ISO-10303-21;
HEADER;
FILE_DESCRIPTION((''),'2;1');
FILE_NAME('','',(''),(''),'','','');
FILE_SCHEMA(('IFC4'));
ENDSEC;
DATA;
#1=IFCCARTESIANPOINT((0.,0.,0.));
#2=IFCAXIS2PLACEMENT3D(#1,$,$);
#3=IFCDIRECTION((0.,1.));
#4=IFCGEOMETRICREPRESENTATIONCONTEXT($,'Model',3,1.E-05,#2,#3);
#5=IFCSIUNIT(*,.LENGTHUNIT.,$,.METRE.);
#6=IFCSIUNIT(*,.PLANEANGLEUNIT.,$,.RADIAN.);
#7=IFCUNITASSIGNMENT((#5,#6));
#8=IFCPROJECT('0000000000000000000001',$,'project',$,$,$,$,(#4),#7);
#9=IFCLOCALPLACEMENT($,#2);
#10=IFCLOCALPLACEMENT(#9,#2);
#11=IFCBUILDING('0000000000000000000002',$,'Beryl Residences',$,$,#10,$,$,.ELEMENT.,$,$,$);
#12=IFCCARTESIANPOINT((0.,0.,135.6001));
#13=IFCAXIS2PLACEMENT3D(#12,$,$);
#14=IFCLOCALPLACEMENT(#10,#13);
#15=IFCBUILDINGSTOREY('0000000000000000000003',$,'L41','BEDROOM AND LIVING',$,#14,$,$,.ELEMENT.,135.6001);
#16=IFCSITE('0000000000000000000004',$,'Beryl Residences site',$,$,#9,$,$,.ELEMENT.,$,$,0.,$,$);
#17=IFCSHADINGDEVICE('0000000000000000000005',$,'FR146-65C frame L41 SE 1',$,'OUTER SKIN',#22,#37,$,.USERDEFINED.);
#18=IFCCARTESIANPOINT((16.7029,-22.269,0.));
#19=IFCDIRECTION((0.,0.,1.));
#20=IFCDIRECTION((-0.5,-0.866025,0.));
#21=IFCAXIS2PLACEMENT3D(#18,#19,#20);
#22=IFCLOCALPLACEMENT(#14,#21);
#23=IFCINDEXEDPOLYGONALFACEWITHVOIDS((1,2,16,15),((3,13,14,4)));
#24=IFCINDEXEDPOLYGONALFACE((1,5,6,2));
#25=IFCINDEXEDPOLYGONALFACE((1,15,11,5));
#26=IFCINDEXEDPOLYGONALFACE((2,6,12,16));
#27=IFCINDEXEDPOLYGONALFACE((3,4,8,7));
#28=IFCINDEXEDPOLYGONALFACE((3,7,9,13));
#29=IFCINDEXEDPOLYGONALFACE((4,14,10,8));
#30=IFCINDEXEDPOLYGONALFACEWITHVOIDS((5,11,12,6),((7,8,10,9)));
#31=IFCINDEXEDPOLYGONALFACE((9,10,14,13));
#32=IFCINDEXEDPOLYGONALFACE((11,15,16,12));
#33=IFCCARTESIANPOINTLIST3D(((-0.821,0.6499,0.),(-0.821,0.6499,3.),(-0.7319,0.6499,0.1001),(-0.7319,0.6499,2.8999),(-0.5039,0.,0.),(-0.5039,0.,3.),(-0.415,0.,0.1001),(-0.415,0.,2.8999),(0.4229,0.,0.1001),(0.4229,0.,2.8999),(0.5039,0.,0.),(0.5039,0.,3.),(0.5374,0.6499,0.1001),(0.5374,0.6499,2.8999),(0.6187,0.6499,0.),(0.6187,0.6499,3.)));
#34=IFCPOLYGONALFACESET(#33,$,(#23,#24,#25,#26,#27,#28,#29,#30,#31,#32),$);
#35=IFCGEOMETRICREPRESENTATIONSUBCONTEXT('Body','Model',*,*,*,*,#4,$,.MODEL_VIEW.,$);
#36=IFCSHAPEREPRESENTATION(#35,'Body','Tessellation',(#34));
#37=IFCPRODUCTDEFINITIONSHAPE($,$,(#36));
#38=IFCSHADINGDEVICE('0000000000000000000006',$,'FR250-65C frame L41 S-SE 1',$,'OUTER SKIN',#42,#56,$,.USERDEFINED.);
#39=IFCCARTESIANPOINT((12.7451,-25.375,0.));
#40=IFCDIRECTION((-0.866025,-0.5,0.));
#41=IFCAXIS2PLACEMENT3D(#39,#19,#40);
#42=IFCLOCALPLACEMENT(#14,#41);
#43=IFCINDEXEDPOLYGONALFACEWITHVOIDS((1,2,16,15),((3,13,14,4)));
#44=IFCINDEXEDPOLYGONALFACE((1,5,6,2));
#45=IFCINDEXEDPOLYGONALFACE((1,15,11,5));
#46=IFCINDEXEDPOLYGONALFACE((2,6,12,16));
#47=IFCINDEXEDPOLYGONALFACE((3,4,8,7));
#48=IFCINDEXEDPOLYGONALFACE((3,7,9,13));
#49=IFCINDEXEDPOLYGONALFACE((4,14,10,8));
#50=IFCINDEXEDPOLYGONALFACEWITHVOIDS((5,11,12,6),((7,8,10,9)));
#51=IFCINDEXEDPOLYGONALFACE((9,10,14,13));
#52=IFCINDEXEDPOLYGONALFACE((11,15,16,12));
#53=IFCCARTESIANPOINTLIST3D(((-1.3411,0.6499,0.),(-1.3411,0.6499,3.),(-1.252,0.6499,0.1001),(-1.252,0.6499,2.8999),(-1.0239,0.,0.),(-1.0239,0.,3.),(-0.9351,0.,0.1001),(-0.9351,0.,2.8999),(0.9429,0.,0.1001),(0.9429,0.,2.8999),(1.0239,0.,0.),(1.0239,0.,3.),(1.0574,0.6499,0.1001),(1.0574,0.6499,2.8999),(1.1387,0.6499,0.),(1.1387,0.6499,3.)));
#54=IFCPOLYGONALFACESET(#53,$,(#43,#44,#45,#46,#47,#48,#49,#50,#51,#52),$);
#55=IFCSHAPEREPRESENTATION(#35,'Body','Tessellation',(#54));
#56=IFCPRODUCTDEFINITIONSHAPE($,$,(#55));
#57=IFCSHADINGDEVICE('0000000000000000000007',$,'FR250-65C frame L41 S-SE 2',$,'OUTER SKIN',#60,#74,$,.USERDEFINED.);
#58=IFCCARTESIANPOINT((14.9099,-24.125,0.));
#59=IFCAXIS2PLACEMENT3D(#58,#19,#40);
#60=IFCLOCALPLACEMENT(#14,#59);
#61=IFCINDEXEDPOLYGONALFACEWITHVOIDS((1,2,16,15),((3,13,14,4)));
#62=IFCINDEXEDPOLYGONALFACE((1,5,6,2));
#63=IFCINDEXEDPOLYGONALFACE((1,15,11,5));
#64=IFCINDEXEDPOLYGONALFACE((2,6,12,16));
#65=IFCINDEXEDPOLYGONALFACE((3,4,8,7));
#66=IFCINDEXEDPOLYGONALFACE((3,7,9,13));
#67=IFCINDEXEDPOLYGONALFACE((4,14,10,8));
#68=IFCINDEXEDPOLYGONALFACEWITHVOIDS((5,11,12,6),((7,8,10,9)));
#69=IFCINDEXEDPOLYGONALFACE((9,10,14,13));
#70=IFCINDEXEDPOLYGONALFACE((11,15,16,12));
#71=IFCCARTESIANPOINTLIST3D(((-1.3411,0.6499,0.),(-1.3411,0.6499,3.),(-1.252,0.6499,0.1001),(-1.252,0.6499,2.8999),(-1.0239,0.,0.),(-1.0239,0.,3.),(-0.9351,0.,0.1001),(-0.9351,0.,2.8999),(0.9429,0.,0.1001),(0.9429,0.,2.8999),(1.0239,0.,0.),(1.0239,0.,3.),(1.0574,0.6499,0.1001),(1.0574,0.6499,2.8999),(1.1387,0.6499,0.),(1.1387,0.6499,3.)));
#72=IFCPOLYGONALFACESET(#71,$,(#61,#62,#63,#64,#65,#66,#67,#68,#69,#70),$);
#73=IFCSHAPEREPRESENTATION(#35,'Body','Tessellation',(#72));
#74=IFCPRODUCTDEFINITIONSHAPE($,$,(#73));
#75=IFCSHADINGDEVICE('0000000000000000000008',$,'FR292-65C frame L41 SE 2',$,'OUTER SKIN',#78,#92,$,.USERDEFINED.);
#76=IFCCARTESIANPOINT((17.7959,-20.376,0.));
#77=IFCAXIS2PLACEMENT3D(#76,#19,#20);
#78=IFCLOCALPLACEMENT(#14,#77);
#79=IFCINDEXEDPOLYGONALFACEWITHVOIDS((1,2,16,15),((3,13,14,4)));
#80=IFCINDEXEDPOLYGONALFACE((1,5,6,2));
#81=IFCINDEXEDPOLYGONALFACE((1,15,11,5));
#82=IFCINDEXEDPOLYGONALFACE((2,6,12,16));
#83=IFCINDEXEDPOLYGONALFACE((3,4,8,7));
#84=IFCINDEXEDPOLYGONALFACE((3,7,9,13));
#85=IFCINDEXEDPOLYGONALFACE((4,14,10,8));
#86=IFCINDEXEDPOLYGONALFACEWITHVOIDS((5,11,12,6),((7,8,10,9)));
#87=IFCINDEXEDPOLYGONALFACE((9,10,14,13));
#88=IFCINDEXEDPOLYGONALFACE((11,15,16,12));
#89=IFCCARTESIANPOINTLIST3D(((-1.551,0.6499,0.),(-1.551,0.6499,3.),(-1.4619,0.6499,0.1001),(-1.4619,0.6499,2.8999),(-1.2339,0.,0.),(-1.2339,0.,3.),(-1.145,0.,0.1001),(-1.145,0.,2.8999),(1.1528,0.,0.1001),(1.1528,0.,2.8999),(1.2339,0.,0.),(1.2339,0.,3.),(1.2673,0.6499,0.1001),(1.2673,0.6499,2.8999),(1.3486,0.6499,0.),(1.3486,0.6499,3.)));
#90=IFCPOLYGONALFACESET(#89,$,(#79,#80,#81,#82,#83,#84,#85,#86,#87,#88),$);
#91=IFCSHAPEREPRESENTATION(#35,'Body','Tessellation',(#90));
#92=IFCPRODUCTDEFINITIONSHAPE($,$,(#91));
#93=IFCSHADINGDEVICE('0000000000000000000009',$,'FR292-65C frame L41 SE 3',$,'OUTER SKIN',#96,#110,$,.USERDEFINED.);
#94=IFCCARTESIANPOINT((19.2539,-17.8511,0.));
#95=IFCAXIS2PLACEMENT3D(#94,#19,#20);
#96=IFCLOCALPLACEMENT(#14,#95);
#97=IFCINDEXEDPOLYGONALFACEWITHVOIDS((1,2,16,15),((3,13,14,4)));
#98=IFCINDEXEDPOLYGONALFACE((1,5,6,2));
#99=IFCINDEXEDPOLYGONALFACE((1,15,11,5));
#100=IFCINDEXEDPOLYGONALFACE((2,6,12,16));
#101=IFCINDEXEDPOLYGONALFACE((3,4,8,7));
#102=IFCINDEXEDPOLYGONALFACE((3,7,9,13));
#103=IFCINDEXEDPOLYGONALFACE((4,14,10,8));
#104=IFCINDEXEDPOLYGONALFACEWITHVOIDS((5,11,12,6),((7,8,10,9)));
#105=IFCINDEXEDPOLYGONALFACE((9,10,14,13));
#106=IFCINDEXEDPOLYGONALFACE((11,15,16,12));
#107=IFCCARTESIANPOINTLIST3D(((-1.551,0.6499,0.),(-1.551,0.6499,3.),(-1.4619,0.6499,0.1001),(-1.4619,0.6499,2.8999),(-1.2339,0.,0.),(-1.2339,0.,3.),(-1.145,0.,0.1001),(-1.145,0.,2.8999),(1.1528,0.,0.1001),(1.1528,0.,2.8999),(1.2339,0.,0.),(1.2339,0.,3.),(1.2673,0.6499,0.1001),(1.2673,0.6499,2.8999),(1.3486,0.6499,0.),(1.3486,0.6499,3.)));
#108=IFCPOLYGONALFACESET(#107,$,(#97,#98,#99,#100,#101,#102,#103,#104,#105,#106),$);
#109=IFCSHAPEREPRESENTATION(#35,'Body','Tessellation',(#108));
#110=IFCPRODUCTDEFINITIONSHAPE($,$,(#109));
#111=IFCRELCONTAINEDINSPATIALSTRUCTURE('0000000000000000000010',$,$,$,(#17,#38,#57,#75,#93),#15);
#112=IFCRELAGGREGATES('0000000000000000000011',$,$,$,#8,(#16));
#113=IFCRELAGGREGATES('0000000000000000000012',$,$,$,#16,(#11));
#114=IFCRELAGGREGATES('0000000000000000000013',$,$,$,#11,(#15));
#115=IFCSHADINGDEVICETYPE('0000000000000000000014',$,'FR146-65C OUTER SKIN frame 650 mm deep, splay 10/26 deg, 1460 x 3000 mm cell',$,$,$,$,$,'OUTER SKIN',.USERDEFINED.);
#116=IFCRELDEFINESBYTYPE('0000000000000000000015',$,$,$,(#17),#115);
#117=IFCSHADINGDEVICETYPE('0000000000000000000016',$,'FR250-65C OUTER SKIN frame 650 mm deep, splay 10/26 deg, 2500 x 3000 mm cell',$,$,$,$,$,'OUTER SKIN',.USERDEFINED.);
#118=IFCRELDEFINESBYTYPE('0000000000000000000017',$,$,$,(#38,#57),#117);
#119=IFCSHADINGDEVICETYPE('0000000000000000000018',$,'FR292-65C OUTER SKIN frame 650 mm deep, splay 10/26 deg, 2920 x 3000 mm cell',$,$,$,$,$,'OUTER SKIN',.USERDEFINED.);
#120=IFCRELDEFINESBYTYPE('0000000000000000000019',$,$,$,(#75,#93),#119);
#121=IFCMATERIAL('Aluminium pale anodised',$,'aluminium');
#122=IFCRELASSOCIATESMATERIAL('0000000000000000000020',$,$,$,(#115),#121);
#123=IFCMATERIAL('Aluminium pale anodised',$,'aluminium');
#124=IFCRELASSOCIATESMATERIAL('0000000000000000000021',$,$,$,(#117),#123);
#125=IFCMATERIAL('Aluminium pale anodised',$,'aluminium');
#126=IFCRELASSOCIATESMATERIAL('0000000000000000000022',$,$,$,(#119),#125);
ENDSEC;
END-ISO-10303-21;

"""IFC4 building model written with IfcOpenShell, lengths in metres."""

from ifc_helpers import new_model, entity, si_unit, direction, frame, origin, place, context, subcontext, project, spatial, source, transform, mapped, material, type_object, type_shapes, element, save


model = new_model("IFC4")

# Units and contexts
model_context = context("Model", 3, precision=1e-05, world=origin(), true_north=direction((0.0, 1.0)))
body_context = subcontext(model_context, "Body", "Model", "MODEL_VIEW")
ifc_project = project(units=[si_unit("LENGTHUNIT", "METRE"), si_unit("PLANEANGLEUNIT", "RADIAN")], contexts=[model_context])

# Site, building, storey
site_placement = place(None, origin())
site = spatial("IfcSite", under=ifc_project, at=site_placement, Name="Beryl Residences site", CompositionType="ELEMENT", RefElevation=0.0)
building_placement = place(site_placement, origin())
building = spatial("IfcBuilding", under=site, at=building_placement, Name="Beryl Residences", CompositionType="ELEMENT")
storey_placement = place(building_placement, frame((0.0, 0.0, 135.6001)))
storey = spatial("IfcBuildingStorey", under=building, at=storey_placement, Name="L41", Description="BEDROOM AND LIVING", CompositionType="ELEMENT", Elevation=135.6001)

# Shading devices
ifc_material_1 = material(Name="Aluminium pale anodised", Category="aluminium")
shading_device_type_1 = type_object("IfcShadingDeviceType", Name="FR146-65C OUTER SKIN frame 650 mm deep, splay 10/26 deg, 1460 x 3000 mm cell", ElementType="OUTER SKIN", PredefinedType="USERDEFINED", material=ifc_material_1)
cartesian_point_1 = entity("IfcCartesianPoint", [-0.5039, 0.0])
cartesian_point_2 = entity("IfcCartesianPoint", [-0.4229, 0.1001])
cartesian_point_3 = entity("IfcCartesianPoint", [-0.6187, 0.0])
cartesian_point_4 = entity("IfcCartesianPoint", [-0.5374, 0.1001])
shared_shape_1 = source(origin(), body_context, "Body", "SweptSolid", [
    entity("IfcExtrudedAreaSolidTapered", entity("IfcArbitraryProfileDefWithVoids", "AREA", None, entity("IfcPolyline", [cartesian_point_1, entity("IfcCartesianPoint", [0.5039, 0.0]), entity("IfcCartesianPoint", [0.5039, 3.0]), entity("IfcCartesianPoint", [-0.5039, 3.0]), cartesian_point_1]), [entity("IfcPolyline", [cartesian_point_2, entity("IfcCartesianPoint", [0.415, 0.1001]), entity("IfcCartesianPoint", [0.415, 2.8999]), entity("IfcCartesianPoint", [-0.4229, 2.8999]), cartesian_point_2])]), entity("IfcAxis2Placement3D", entity("IfcCartesianPoint", [0.0, 0.0, 0.0]), entity("IfcDirection", [0.0, 1.0, 0.0]), entity("IfcDirection", [-1.0, 0.0, 0.0])), entity("IfcDirection", [0.0, 0.0, 1.0]), 0.6499, entity("IfcArbitraryProfileDefWithVoids", "AREA", None, entity("IfcPolyline", [cartesian_point_3, entity("IfcCartesianPoint", [0.821, 0.0]), entity("IfcCartesianPoint", [0.821, 3.0]), entity("IfcCartesianPoint", [-0.6187, 3.0]), cartesian_point_3]), [entity("IfcPolyline", [cartesian_point_4, entity("IfcCartesianPoint", [0.7319, 0.1001]), entity("IfcCartesianPoint", [0.7319, 2.8999]), entity("IfcCartesianPoint", [-0.5374, 2.8999]), cartesian_point_4])])),
])
type_shapes(shading_device_type_1, [shared_shape_1])
shading_device_placement = place(storey_placement, frame((16.7029, -22.269, 0.0), z_axis=(0.0, 0.0, 1.0), x_axis=(-0.5, -0.866025, 0.0)))
element("IfcShadingDevice", 1, at=shading_device_placement, inside=storey, type_object=shading_device_type_1, Name="FR146-65C frame L41 SE 1", ObjectType="OUTER SKIN", PredefinedType="USERDEFINED", context=body_context, shape_type="MappedRepresentation", body=[
    mapped(shared_shape_1, transform((0.0, 0.0, 0.0))),
])
ifc_material_2 = material(Name="Aluminium pale anodised", Category="aluminium")
shading_device_type_2 = type_object("IfcShadingDeviceType", Name="FR250-65C OUTER SKIN frame 650 mm deep, splay 10/26 deg, 2500 x 3000 mm cell", ElementType="OUTER SKIN", PredefinedType="USERDEFINED", material=ifc_material_2)
cartesian_point_5 = entity("IfcCartesianPoint", [-1.0239, 0.0])
cartesian_point_6 = entity("IfcCartesianPoint", [-0.9429, 0.1001])
cartesian_point_7 = entity("IfcCartesianPoint", [-1.1387, 0.0])
cartesian_point_8 = entity("IfcCartesianPoint", [-1.0574, 0.1001])
shared_shape_2 = source(origin(), body_context, "Body", "SweptSolid", [
    entity("IfcExtrudedAreaSolidTapered", entity("IfcArbitraryProfileDefWithVoids", "AREA", None, entity("IfcPolyline", [cartesian_point_5, entity("IfcCartesianPoint", [1.0239, 0.0]), entity("IfcCartesianPoint", [1.0239, 3.0]), entity("IfcCartesianPoint", [-1.0239, 3.0]), cartesian_point_5]), [entity("IfcPolyline", [cartesian_point_6, entity("IfcCartesianPoint", [0.9351, 0.1001]), entity("IfcCartesianPoint", [0.9351, 2.8999]), entity("IfcCartesianPoint", [-0.9429, 2.8999]), cartesian_point_6])]), entity("IfcAxis2Placement3D", entity("IfcCartesianPoint", [0.0, 0.0, 0.0]), entity("IfcDirection", [0.0, 1.0, 0.0]), entity("IfcDirection", [-1.0, 0.0, 0.0])), entity("IfcDirection", [0.0, 0.0, 1.0]), 0.6499, entity("IfcArbitraryProfileDefWithVoids", "AREA", None, entity("IfcPolyline", [cartesian_point_7, entity("IfcCartesianPoint", [1.3411, 0.0]), entity("IfcCartesianPoint", [1.3411, 3.0]), entity("IfcCartesianPoint", [-1.1387, 3.0]), cartesian_point_7]), [entity("IfcPolyline", [cartesian_point_8, entity("IfcCartesianPoint", [1.252, 0.1001]), entity("IfcCartesianPoint", [1.252, 2.8999]), entity("IfcCartesianPoint", [-1.0574, 2.8999]), cartesian_point_8])])),
])
type_shapes(shading_device_type_2, [shared_shape_2])
for number, where, z_axis, x_axis, name in (
    (2, (12.7451, -25.375, 0.0), (0.0, 0.0, 1.0), (-0.866025, -0.5, 0.0), "FR250-65C frame L41 S-SE 1"),
    (3, (14.9099, -24.125, 0.0), (0.0, 0.0, 1.0), (-0.866025, -0.5, 0.0), "FR250-65C frame L41 S-SE 2"),
):
    element("IfcShadingDevice", number, at=place(storey_placement, frame(where, z_axis=z_axis, x_axis=x_axis)), inside=storey, type_object=shading_device_type_2, Name=name, ObjectType="OUTER SKIN", PredefinedType="USERDEFINED", context=body_context, shape_type="MappedRepresentation", body=[
        mapped(shared_shape_2, transform((0.0, 0.0, 0.0))),
    ])
ifc_material_3 = material(Name="Aluminium pale anodised", Category="aluminium")
shading_device_type_3 = type_object("IfcShadingDeviceType", Name="FR292-65C OUTER SKIN frame 650 mm deep, splay 10/26 deg, 2920 x 3000 mm cell", ElementType="OUTER SKIN", PredefinedType="USERDEFINED", material=ifc_material_3)
cartesian_point_9 = entity("IfcCartesianPoint", [-1.2339, 0.0])
cartesian_point_10 = entity("IfcCartesianPoint", [-1.1528, 0.1001])
cartesian_point_11 = entity("IfcCartesianPoint", [-1.3486, 0.0])
cartesian_point_12 = entity("IfcCartesianPoint", [-1.2673, 0.1001])
shared_shape_3 = source(origin(), body_context, "Body", "SweptSolid", [
    entity("IfcExtrudedAreaSolidTapered", entity("IfcArbitraryProfileDefWithVoids", "AREA", None, entity("IfcPolyline", [cartesian_point_9, entity("IfcCartesianPoint", [1.2339, 0.0]), entity("IfcCartesianPoint", [1.2339, 3.0]), entity("IfcCartesianPoint", [-1.2339, 3.0]), cartesian_point_9]), [entity("IfcPolyline", [cartesian_point_10, entity("IfcCartesianPoint", [1.145, 0.1001]), entity("IfcCartesianPoint", [1.145, 2.8999]), entity("IfcCartesianPoint", [-1.1528, 2.8999]), cartesian_point_10])]), entity("IfcAxis2Placement3D", entity("IfcCartesianPoint", [0.0, 0.0, 0.0]), entity("IfcDirection", [0.0, 1.0, 0.0]), entity("IfcDirection", [-1.0, 0.0, 0.0])), entity("IfcDirection", [0.0, 0.0, 1.0]), 0.6499, entity("IfcArbitraryProfileDefWithVoids", "AREA", None, entity("IfcPolyline", [cartesian_point_11, entity("IfcCartesianPoint", [1.551, 0.0]), entity("IfcCartesianPoint", [1.551, 3.0]), entity("IfcCartesianPoint", [-1.3486, 3.0]), cartesian_point_11]), [entity("IfcPolyline", [cartesian_point_12, entity("IfcCartesianPoint", [1.4619, 0.1001]), entity("IfcCartesianPoint", [1.4619, 2.8999]), entity("IfcCartesianPoint", [-1.2673, 2.8999]), cartesian_point_12])])),
])
type_shapes(shading_device_type_3, [shared_shape_3])
for number, where, z_axis, x_axis, name in (
    (4, (17.7959, -20.376, 0.0), (0.0, 0.0, 1.0), (-0.5, -0.866025, 0.0), "FR292-65C frame L41 SE 2"),
    (5, (19.2539, -17.8511, 0.0), (0.0, 0.0, 1.0), (-0.5, -0.866025, 0.0), "FR292-65C frame L41 SE 3"),
):
    element("IfcShadingDevice", number, at=place(storey_placement, frame(where, z_axis=z_axis, x_axis=x_axis)), inside=storey, type_object=shading_device_type_3, Name=name, ObjectType="OUTER SKIN", PredefinedType="USERDEFINED", context=body_context, shape_type="MappedRepresentation", body=[
        mapped(shared_shape_3, transform((0.0, 0.0, 0.0))),
    ])

save(model, "model.ifc")
